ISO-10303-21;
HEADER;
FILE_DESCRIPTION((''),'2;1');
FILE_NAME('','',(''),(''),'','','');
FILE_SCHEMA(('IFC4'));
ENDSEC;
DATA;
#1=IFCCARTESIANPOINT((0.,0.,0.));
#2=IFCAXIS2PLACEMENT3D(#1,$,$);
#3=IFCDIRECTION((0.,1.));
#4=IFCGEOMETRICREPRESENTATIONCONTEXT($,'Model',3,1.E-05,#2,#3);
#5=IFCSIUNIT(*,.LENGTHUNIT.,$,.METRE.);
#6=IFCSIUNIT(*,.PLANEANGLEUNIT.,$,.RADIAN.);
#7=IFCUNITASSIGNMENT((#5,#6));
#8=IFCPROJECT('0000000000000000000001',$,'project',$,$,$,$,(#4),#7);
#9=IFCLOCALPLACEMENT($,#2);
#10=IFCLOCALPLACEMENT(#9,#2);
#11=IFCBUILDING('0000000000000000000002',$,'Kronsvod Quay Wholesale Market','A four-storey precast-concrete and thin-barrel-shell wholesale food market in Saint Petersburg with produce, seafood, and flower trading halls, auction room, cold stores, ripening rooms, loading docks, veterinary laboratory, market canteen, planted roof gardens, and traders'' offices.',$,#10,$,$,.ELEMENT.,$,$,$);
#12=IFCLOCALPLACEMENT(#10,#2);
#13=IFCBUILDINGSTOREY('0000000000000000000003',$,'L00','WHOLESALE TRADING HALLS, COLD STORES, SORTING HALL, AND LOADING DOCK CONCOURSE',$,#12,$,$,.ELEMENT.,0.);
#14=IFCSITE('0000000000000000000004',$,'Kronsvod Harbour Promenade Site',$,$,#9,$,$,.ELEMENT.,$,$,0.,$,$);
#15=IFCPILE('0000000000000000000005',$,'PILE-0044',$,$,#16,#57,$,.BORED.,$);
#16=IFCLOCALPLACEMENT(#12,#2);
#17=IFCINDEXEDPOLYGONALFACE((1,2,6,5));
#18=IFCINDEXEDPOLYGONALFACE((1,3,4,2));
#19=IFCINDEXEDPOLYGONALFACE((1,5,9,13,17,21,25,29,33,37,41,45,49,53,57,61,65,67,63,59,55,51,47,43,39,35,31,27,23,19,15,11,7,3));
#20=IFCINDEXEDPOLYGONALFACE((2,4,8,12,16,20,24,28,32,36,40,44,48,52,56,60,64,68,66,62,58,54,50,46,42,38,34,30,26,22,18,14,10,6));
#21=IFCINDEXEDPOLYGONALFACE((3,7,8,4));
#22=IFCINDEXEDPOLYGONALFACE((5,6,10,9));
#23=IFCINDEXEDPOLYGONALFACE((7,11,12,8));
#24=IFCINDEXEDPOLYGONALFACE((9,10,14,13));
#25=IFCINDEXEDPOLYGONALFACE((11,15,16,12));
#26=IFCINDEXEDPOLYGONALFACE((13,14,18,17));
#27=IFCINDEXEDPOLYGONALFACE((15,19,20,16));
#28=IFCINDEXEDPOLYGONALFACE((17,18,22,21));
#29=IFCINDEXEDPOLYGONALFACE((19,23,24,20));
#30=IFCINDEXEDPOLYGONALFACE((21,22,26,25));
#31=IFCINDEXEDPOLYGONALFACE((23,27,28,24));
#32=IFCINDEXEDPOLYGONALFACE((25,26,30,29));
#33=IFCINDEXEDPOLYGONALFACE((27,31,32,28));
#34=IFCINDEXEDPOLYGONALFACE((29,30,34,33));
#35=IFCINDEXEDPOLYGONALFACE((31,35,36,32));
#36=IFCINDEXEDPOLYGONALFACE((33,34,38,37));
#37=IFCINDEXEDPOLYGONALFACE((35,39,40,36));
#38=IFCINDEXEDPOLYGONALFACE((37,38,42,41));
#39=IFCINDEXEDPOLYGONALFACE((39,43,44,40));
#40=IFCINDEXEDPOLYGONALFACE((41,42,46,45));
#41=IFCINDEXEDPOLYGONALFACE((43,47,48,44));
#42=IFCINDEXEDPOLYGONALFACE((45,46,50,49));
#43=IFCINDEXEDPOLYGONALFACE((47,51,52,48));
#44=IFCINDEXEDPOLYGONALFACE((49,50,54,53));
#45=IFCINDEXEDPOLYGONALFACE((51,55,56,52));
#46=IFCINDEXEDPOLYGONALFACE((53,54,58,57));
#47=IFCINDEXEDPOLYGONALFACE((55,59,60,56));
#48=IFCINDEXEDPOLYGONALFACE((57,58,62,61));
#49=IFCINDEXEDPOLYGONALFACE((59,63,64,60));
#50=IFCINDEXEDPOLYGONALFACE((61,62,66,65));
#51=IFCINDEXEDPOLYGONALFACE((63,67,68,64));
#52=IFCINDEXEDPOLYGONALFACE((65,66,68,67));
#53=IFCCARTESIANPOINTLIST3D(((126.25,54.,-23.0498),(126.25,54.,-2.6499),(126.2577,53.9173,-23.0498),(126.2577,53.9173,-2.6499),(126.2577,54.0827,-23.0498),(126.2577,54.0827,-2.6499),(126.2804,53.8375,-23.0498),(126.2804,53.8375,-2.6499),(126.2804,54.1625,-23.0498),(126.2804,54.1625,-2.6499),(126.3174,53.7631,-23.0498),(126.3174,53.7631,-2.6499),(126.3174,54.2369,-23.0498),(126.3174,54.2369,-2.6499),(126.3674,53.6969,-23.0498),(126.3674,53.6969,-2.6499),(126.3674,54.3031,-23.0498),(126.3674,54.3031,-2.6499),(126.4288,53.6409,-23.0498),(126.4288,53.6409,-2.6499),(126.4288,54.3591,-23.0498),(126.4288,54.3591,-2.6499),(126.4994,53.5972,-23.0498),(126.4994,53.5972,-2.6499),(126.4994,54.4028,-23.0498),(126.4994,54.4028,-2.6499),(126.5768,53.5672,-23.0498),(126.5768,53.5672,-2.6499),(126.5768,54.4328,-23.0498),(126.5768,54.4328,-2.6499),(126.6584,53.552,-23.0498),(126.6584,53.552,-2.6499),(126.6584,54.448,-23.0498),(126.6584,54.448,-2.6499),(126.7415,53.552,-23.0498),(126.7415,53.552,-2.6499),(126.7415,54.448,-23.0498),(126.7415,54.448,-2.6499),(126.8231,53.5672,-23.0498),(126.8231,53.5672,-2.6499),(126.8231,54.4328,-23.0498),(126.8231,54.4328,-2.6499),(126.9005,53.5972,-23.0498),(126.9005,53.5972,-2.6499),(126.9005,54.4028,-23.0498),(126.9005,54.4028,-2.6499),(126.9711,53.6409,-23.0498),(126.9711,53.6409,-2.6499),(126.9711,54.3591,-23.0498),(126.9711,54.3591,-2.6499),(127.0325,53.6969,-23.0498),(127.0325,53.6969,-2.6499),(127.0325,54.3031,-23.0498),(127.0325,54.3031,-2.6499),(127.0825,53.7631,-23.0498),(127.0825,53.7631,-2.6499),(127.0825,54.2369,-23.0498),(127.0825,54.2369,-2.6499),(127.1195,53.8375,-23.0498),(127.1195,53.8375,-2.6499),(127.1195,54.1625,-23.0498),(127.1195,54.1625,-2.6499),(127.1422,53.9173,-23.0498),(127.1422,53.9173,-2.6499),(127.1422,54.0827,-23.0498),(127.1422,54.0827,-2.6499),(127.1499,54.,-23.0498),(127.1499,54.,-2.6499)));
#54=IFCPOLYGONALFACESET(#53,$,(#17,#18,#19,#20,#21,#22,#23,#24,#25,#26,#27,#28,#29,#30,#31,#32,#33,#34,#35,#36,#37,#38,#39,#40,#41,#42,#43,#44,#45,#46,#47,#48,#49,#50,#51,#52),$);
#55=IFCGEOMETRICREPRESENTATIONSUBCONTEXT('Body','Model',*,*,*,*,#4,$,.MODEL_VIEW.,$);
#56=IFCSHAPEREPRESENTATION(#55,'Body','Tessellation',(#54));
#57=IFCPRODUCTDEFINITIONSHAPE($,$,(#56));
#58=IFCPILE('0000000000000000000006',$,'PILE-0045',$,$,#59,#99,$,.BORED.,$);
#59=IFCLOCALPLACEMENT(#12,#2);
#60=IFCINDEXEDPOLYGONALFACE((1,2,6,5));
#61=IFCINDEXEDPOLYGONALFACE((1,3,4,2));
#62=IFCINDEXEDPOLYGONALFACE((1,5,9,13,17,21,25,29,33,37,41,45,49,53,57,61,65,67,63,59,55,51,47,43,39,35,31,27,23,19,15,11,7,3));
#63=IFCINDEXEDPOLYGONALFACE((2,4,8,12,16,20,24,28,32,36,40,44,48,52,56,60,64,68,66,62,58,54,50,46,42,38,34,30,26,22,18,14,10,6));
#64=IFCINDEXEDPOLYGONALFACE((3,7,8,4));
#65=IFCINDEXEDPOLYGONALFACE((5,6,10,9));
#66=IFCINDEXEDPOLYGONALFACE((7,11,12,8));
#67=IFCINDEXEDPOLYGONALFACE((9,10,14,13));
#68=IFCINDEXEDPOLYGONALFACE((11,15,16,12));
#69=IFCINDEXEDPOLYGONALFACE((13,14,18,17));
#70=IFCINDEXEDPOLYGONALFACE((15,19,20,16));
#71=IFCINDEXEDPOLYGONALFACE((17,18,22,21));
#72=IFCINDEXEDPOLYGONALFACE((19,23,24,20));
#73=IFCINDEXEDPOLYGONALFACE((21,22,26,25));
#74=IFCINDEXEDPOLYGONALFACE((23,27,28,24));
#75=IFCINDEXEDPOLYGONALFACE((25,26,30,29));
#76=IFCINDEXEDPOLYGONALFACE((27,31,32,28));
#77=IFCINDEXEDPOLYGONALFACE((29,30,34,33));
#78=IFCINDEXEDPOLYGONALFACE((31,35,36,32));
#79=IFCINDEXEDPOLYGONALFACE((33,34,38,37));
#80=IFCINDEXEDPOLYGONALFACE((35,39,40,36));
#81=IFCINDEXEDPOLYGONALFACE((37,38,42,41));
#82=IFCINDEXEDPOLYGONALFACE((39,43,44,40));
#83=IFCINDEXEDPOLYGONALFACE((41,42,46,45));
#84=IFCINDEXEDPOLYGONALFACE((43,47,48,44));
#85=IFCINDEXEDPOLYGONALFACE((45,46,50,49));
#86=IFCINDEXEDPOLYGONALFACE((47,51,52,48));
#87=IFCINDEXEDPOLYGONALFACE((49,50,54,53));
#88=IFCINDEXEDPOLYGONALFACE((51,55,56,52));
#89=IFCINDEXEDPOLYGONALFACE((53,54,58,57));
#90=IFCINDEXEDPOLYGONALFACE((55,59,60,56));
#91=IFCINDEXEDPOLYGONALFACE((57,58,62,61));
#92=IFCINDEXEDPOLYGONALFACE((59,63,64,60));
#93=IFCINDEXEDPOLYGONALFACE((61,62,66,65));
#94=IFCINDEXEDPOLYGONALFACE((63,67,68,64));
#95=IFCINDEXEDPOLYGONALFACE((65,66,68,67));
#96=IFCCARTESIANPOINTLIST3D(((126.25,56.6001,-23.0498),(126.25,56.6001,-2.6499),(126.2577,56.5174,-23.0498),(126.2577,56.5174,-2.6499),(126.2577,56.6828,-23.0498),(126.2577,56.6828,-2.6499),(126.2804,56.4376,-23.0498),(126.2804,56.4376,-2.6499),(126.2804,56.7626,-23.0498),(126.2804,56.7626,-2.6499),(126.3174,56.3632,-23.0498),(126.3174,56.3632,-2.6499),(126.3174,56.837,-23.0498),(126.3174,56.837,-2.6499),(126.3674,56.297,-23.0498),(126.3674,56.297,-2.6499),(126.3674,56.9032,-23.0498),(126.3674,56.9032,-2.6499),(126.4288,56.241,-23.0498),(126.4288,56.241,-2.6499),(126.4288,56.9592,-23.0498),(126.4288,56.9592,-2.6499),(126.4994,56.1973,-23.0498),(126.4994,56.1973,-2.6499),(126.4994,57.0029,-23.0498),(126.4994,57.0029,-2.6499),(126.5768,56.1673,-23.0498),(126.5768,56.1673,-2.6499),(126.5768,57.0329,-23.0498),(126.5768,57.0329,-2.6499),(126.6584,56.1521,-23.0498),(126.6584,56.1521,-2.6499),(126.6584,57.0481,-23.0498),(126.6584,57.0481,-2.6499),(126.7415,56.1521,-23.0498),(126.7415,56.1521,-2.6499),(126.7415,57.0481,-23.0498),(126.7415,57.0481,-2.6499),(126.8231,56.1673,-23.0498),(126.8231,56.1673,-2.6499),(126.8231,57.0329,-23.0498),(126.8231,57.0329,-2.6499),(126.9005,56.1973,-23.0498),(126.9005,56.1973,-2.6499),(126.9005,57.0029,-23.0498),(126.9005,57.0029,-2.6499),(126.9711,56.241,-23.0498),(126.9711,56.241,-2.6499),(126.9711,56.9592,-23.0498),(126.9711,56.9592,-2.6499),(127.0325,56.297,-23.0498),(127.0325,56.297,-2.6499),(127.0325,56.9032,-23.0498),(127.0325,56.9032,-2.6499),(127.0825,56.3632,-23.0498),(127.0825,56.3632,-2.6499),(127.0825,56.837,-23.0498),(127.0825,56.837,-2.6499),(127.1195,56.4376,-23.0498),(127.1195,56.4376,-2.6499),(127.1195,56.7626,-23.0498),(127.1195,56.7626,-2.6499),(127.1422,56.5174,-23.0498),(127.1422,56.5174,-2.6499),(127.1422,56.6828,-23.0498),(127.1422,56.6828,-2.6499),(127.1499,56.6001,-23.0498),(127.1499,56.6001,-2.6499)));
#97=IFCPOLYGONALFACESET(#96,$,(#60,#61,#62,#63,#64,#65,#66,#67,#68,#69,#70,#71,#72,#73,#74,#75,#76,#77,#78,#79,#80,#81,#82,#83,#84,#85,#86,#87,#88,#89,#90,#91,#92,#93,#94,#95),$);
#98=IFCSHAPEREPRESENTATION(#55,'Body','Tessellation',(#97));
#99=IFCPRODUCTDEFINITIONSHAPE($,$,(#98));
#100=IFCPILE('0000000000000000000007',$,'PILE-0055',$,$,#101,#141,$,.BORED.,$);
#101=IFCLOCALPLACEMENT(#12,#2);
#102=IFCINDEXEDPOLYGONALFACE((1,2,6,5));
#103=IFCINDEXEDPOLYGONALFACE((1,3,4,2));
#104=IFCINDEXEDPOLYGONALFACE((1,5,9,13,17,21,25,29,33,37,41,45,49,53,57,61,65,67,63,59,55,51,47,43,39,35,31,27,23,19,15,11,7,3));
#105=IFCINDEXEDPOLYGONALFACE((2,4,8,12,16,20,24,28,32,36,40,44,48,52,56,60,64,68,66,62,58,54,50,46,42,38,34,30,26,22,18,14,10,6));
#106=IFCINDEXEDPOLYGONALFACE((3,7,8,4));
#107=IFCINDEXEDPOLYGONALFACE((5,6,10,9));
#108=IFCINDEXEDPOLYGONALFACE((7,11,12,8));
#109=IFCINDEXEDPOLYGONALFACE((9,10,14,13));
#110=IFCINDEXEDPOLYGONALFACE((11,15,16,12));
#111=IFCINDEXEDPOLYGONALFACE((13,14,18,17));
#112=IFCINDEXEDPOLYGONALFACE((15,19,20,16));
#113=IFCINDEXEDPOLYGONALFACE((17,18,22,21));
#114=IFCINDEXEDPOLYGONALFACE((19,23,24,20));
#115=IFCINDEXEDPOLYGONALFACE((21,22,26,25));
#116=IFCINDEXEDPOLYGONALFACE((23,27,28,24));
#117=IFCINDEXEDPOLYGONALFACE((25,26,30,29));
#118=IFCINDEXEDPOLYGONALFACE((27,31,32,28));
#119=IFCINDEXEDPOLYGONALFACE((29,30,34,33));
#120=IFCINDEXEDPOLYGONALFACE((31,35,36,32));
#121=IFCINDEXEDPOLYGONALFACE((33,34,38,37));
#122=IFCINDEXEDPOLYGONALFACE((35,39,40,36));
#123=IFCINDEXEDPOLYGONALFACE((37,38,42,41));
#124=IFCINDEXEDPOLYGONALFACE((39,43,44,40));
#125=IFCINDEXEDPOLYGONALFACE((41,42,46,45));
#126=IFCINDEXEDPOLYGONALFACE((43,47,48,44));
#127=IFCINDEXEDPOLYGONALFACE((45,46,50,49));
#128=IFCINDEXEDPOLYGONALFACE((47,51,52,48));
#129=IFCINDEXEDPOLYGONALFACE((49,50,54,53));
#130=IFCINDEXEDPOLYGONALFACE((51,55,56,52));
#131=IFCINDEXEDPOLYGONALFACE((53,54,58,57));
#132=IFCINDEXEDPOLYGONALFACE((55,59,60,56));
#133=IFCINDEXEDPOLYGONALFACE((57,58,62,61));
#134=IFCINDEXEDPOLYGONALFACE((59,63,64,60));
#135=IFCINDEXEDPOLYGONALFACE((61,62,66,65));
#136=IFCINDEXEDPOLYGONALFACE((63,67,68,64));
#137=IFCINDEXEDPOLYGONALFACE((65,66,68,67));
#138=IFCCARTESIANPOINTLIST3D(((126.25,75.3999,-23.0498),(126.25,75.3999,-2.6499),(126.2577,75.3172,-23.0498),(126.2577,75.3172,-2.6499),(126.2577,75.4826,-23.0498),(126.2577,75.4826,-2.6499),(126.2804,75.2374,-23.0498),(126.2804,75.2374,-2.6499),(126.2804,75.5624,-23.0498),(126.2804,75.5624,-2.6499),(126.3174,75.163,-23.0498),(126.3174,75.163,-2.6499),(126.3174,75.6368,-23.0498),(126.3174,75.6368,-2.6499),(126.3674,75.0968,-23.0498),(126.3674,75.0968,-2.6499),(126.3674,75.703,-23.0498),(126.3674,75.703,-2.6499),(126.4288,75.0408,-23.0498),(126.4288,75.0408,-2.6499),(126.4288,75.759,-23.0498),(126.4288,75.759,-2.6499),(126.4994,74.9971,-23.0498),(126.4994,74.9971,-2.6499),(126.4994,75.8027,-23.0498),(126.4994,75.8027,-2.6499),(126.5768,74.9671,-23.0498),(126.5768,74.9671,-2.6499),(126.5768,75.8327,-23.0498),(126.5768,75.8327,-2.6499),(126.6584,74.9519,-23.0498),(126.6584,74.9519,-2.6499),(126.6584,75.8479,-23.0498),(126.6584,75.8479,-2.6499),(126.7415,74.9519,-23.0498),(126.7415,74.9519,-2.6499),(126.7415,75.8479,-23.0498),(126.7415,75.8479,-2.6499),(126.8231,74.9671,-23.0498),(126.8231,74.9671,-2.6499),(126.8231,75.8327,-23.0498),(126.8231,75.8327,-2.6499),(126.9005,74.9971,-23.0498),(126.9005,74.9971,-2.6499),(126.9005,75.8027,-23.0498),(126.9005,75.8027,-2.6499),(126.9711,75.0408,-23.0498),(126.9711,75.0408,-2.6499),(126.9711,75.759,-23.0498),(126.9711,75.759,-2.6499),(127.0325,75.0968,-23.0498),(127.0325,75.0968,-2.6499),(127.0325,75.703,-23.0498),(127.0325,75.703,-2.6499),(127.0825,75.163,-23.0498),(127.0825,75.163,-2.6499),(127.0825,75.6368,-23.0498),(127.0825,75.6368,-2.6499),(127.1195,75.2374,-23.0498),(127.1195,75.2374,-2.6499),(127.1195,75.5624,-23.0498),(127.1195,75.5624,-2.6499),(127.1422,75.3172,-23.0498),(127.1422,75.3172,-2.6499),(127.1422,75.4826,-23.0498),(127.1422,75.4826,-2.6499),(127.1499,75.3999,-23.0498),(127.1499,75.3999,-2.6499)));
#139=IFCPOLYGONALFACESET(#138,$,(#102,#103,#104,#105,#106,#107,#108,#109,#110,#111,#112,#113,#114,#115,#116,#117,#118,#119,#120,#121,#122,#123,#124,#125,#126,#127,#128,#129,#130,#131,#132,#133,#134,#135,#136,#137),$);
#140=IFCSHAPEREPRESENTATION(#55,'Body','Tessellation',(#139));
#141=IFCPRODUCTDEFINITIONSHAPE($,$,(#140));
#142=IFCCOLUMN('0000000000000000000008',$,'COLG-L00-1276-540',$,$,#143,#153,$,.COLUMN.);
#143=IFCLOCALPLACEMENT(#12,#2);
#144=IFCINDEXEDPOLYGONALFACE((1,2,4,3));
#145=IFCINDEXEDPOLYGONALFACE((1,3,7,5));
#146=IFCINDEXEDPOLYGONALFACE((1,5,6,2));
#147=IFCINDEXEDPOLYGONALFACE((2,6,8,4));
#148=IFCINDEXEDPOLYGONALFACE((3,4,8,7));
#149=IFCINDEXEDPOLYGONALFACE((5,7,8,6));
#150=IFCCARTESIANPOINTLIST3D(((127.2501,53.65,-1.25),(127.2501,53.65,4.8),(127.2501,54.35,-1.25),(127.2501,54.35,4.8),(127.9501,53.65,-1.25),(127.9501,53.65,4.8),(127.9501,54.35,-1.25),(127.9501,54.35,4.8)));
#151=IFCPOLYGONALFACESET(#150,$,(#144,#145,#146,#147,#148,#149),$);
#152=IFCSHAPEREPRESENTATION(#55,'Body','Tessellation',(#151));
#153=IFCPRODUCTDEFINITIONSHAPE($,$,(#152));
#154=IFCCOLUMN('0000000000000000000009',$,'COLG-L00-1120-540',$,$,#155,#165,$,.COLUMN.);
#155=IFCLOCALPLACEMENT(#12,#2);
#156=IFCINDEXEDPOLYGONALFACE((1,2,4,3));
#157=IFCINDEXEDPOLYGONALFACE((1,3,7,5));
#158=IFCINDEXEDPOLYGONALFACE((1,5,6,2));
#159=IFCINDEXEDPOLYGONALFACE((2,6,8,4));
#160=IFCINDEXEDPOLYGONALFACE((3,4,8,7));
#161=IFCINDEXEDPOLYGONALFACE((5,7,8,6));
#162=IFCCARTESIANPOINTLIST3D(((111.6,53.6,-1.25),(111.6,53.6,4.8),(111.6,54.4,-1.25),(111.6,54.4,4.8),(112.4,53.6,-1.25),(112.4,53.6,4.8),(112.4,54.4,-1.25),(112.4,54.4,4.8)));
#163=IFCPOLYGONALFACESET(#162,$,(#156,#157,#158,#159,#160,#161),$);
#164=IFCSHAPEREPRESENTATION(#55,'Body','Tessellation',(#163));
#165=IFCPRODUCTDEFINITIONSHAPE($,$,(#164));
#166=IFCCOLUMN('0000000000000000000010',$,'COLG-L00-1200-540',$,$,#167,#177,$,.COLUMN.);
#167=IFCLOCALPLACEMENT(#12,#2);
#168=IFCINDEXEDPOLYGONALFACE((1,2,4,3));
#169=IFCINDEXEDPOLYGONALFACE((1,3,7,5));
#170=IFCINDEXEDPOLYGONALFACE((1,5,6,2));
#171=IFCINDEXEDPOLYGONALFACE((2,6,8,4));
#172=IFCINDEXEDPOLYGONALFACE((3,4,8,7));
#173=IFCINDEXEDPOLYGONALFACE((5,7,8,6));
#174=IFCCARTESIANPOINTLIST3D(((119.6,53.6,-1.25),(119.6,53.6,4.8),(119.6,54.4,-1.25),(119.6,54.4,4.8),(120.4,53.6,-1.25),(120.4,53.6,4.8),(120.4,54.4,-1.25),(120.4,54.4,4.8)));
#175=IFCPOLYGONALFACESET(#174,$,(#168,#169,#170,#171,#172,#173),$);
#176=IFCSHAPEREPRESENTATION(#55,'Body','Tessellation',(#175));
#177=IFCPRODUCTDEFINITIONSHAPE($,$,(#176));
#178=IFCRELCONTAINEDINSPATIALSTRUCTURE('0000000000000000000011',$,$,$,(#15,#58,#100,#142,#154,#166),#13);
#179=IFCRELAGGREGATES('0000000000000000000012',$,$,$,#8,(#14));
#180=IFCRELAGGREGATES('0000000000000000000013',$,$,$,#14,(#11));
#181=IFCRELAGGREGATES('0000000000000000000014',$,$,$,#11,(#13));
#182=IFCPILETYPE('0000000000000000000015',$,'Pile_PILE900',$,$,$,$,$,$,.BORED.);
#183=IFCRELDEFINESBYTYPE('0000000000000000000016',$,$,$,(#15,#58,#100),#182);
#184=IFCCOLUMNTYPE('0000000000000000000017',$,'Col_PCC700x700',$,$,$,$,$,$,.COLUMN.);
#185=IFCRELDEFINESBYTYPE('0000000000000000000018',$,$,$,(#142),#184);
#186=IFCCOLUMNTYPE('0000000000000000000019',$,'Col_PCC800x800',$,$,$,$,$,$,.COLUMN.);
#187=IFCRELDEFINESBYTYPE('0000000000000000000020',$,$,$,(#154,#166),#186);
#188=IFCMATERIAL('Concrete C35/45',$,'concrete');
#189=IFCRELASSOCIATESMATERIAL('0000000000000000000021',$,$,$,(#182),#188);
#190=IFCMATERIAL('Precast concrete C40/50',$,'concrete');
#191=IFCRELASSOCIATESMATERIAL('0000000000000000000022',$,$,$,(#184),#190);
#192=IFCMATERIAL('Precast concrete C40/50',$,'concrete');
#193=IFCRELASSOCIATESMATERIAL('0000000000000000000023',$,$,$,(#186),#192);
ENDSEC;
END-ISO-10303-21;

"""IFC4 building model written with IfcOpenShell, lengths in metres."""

from ifc_helpers import new_model, si_unit, direction, frame, origin, origin_2d, place, context, subcontext, project, spatial, rectangle, circle, extrude, material, material_profile, profile_set, type_object, element, save


model = new_model("IFC4")

# Units and contexts
model_context = context("Model", 3, precision=1e-05, world=origin(), true_north=direction((0.0, 1.0)))
body_context = subcontext(model_context, "Body", "Model", "MODEL_VIEW")
ifc_project = project(units=[si_unit("LENGTHUNIT", "METRE"), si_unit("PLANEANGLEUNIT", "RADIAN")], contexts=[model_context])

# Site, building, storey
site_placement = place(None, origin())
site = spatial("IfcSite", under=ifc_project, at=site_placement, Name="Kronsvod Harbour Promenade Site", CompositionType="ELEMENT", RefElevation=0.0)
building_placement = place(site_placement, origin())
building = spatial("IfcBuilding", under=site, at=building_placement, Name="Kronsvod Quay Wholesale Market", Description="A four-storey precast-concrete and thin-barrel-shell wholesale food market in Saint Petersburg with produce, seafood, and flower trading halls, auction room, cold stores, ripening rooms, loading docks, veterinary laboratory, market canteen, planted roof gardens, and traders' offices.", CompositionType="ELEMENT")
storey_placement = place(building_placement, origin())
storey = spatial("IfcBuildingStorey", under=building, at=storey_placement, Name="L00", Description="WHOLESALE TRADING HALLS, COLD STORES, SORTING HALL, AND LOADING DOCK CONCOURSE", CompositionType="ELEMENT", Elevation=0.0)

# Piles
ifc_material_1 = material(Name="Concrete C35/45", Category="concrete")
ifc_material_profile_1 = material_profile(ifc_material_1, circle(Radius=0.45, at=origin_2d()), Name="PILE900")
ifc_profile_set_1 = profile_set([ifc_material_profile_1], Name="Concrete C35/45")
pile_type_1 = type_object("IfcPileType", Name="Pile_PILE900", PredefinedType="BORED", material=ifc_profile_set_1)
for number, where, z_axis, x_axis, name in (
    (1, (126.7, 54.0, -2.6499), (0.0, 0.0, -1.0), (1.0, 0.0, 0.0), "PILE-0044"),
    (2, (126.7, 56.6001, -2.6499), (0.0, 0.0, -1.0), (1.0, 0.0, 0.0), "PILE-0045"),
    (3, (126.7, 75.3999, -2.6499), (0.0, 0.0, -1.0), (1.0, 0.0, 0.0), "PILE-0055"),
):
    element("IfcPile", number, at=place(storey_placement, frame(where, z_axis=z_axis, x_axis=x_axis)), inside=storey, type_object=pile_type_1, Name=name, PredefinedType="BORED", context=body_context, shape_type="SweptSolid", body=[
        extrude(circle(Radius=0.45, at=origin_2d()), origin(), (0.0, 0.0, 1.0), 20.3999),
    ])

# Columns
ifc_material_2 = material(Name="Precast concrete C40/50", Category="concrete")
ifc_material_profile_2 = material_profile(ifc_material_2, rectangle(XDim=0.7, YDim=0.7, at=origin_2d()), Name="PCC700x700")
ifc_profile_set_2 = profile_set([ifc_material_profile_2], Name="Precast concrete C40/50")
column_type_1 = type_object("IfcColumnType", Name="Col_PCC700x700", PredefinedType="COLUMN", material=ifc_profile_set_2)
column_placement = place(storey_placement, frame((127.6001, 54.0, -1.25), z_axis=(0.0, 0.0, 1.0), x_axis=(1.0, 0.0, 0.0)))
element("IfcColumn", 4, at=column_placement, inside=storey, type_object=column_type_1, Name="COLG-L00-1276-540", PredefinedType="COLUMN", context=body_context, shape_type="SweptSolid", body=[
    extrude(rectangle(XDim=0.7, YDim=0.7, at=origin_2d()), origin(), (0.0, 0.0, 1.0), 6.05),
])
ifc_material_3 = material(Name="Precast concrete C40/50", Category="concrete")
ifc_material_profile_3 = material_profile(ifc_material_3, rectangle(XDim=0.8, YDim=0.8, at=origin_2d()), Name="PCC800x800")
ifc_profile_set_3 = profile_set([ifc_material_profile_3], Name="Precast concrete C40/50")
column_type_2 = type_object("IfcColumnType", Name="Col_PCC800x800", PredefinedType="COLUMN", material=ifc_profile_set_3)
for number, where, z_axis, x_axis, name in (
    (5, (112.0, 54.0, -1.25), (0.0, 0.0, 1.0), (1.0, 0.0, 0.0), "COLG-L00-1120-540"),
    (6, (120.0, 54.0, -1.25), (0.0, 0.0, 1.0), (1.0, 0.0, 0.0), "COLG-L00-1200-540"),
):
    element("IfcColumn", number, at=place(storey_placement, frame(where, z_axis=z_axis, x_axis=x_axis)), inside=storey, type_object=column_type_2, Name=name, PredefinedType="COLUMN", context=body_context, shape_type="SweptSolid", body=[
        extrude(rectangle(XDim=0.8, YDim=0.8, at=origin_2d()), origin(), (0.0, 0.0, 1.0), 6.05),
    ])

save(model, "model.ifc")
